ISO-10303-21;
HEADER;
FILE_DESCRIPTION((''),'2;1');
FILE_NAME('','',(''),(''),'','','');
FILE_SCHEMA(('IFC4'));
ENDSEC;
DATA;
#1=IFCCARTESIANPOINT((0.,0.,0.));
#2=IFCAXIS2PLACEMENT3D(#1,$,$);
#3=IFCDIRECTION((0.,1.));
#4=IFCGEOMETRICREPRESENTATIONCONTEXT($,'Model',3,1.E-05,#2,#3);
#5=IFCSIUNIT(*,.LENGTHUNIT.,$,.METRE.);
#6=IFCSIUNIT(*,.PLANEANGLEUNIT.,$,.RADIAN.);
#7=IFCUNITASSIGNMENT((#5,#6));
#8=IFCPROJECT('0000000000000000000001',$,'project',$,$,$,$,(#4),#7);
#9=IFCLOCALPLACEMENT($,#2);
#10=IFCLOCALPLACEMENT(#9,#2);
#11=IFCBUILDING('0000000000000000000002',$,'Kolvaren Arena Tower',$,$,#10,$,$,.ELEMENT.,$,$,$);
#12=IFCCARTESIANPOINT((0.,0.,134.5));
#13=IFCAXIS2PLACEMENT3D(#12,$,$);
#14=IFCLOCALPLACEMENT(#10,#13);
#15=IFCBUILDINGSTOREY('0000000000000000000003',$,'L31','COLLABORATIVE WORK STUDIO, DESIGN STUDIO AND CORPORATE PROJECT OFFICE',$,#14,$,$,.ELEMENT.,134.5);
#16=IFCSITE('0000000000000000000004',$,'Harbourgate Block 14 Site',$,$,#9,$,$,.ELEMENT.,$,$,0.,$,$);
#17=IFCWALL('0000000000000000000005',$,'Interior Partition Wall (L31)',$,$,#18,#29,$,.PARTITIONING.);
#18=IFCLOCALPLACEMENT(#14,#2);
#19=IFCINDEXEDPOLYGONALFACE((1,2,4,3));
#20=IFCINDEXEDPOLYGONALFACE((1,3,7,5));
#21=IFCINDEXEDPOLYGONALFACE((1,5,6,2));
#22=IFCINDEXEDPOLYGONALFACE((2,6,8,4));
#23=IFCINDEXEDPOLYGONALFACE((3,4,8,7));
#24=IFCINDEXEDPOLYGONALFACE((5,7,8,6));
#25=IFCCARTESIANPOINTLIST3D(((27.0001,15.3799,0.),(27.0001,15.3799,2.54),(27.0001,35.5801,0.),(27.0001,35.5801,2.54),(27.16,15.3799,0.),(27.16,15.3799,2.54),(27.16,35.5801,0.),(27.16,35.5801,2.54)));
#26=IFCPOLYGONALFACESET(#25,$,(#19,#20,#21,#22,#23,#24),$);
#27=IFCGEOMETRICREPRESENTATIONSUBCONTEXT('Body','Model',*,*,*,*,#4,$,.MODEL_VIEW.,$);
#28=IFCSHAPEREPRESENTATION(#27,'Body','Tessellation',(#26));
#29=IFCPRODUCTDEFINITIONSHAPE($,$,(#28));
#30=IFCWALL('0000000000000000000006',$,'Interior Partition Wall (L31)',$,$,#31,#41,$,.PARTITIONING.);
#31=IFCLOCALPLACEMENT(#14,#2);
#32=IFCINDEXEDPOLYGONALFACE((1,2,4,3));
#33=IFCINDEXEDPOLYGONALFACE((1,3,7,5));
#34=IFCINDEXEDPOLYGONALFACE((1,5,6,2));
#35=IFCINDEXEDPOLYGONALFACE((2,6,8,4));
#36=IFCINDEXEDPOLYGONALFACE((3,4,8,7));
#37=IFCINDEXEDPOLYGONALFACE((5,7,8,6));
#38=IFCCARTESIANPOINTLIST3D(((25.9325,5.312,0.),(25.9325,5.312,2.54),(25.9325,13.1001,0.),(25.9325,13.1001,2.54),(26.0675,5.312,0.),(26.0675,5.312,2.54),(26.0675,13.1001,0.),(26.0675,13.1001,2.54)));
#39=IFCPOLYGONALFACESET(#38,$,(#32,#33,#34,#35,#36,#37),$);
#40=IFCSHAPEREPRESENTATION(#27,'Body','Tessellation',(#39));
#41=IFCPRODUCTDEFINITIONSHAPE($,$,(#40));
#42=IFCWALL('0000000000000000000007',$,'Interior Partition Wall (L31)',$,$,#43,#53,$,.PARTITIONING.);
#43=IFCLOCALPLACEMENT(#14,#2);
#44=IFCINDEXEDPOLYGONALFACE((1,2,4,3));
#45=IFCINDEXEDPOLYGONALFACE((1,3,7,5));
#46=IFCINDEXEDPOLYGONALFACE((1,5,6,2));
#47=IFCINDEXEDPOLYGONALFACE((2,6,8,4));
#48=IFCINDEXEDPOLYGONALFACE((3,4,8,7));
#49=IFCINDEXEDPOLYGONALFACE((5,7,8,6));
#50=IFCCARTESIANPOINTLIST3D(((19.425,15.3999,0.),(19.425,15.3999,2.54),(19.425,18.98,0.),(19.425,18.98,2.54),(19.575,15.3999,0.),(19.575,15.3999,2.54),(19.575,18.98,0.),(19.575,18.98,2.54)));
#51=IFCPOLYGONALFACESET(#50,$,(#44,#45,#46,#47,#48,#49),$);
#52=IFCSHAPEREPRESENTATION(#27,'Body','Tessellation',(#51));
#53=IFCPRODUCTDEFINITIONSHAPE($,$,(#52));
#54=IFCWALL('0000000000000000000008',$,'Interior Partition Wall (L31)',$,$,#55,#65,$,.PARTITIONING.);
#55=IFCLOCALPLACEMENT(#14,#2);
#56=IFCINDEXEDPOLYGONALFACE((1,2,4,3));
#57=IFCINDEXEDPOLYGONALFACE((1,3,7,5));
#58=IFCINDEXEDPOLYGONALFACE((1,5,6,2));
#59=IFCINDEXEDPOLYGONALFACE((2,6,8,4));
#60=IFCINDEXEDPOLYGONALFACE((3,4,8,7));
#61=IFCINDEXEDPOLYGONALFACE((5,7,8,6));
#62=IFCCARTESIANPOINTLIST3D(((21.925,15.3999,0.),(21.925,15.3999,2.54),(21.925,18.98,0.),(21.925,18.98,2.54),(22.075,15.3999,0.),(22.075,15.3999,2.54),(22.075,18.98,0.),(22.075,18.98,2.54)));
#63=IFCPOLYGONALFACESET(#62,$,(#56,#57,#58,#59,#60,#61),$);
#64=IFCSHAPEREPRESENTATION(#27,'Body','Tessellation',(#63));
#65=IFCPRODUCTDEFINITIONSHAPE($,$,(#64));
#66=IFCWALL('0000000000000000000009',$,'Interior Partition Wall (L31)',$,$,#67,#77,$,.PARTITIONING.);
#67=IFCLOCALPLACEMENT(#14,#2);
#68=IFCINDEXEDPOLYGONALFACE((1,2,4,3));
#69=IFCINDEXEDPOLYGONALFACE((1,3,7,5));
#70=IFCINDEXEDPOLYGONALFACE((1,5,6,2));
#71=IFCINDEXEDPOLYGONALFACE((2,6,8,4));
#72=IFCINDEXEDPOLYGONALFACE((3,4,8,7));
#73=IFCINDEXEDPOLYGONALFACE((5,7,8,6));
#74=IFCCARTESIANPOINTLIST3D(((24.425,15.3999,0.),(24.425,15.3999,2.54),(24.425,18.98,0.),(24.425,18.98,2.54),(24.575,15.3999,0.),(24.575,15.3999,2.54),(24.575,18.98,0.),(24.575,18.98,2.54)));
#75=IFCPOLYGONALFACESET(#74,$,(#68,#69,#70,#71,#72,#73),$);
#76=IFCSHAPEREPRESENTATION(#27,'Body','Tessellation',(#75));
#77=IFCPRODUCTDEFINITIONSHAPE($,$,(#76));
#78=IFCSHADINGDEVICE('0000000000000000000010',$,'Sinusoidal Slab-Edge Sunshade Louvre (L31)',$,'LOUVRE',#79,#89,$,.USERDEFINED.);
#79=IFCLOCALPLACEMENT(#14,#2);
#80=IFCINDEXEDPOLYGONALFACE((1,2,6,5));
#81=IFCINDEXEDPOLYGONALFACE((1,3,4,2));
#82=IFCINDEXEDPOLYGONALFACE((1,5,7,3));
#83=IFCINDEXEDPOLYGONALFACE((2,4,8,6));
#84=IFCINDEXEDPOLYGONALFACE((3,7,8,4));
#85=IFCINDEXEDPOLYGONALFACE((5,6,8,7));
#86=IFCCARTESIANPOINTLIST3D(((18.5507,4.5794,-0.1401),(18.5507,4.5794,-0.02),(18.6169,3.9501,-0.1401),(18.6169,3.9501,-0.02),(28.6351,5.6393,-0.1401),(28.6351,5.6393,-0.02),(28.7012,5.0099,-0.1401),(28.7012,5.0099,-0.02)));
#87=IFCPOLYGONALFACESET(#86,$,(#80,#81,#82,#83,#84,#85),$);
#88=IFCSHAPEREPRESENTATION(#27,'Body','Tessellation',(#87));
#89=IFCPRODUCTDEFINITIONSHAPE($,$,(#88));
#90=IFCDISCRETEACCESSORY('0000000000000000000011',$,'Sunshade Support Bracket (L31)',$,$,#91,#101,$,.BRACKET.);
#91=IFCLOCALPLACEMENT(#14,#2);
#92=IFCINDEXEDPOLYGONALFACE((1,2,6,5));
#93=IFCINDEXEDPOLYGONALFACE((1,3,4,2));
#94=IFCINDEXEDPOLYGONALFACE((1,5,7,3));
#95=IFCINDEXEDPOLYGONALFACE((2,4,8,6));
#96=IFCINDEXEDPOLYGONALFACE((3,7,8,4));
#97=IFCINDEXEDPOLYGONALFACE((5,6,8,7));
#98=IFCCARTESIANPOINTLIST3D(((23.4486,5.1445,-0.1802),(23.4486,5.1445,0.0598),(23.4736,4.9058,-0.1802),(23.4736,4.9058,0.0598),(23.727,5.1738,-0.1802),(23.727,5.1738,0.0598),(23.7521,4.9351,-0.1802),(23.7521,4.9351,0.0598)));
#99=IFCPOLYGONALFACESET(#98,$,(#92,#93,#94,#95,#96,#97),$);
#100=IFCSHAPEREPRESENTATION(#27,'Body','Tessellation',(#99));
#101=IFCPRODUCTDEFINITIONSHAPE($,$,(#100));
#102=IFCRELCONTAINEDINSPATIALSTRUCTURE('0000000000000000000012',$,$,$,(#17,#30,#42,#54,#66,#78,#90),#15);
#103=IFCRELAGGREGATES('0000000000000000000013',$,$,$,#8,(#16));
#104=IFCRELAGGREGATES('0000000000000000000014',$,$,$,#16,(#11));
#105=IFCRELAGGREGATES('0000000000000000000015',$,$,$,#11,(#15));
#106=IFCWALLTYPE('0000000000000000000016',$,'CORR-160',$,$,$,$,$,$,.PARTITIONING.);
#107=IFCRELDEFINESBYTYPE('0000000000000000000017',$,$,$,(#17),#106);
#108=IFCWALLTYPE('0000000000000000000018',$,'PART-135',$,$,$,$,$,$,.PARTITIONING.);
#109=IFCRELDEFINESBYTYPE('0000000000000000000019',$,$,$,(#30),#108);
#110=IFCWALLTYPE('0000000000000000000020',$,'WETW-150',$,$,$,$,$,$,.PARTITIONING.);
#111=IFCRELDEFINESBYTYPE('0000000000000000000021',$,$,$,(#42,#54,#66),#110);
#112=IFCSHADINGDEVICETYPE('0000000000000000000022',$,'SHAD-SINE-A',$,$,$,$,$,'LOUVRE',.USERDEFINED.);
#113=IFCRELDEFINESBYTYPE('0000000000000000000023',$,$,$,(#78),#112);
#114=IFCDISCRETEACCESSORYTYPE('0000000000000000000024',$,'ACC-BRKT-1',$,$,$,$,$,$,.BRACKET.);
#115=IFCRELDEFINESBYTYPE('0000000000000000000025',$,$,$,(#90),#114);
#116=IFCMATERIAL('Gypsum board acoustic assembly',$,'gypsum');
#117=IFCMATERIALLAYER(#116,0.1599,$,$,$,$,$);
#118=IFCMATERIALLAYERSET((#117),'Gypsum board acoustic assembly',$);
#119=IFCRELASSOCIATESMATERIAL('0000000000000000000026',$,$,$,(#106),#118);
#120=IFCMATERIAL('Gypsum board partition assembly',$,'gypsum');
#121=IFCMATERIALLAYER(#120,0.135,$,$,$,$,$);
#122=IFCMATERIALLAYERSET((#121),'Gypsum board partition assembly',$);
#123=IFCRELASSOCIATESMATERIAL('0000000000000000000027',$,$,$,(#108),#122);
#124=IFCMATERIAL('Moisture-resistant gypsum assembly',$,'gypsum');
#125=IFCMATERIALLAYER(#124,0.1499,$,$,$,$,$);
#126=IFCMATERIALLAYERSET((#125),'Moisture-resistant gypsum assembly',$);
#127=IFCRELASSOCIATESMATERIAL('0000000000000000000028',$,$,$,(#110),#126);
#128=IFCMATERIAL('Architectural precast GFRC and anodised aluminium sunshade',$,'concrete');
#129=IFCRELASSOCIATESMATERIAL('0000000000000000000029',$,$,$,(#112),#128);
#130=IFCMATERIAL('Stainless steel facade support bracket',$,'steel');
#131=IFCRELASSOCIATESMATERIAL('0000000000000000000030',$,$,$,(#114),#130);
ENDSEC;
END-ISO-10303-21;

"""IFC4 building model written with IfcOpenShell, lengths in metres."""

from ifc_helpers import new_model, si_unit, direction, frame, frame_2d, origin, origin_2d, place, context, subcontext, project, spatial, rectangle, extrude, material, layer, layer_set, type_object, element, save


model = new_model("IFC4")

# Units and contexts
model_context = context("Model", 3, precision=1e-05, world=origin(), true_north=direction((0.0, 1.0)))
body_context = subcontext(model_context, "Body", "Model", "MODEL_VIEW")
ifc_project = project(units=[si_unit("LENGTHUNIT", "METRE"), si_unit("PLANEANGLEUNIT", "RADIAN")], contexts=[model_context])

# Site, building, storey
site_placement = place(None, origin())
site = spatial("IfcSite", under=ifc_project, at=site_placement, Name="Harbourgate Block 14 Site", CompositionType="ELEMENT", RefElevation=0.0)
building_placement = place(site_placement, origin())
building = spatial("IfcBuilding", under=site, at=building_placement, Name="Kolvaren Arena Tower", CompositionType="ELEMENT")
storey_placement = place(building_placement, frame((0.0, 0.0, 134.5)))
storey = spatial("IfcBuildingStorey", under=building, at=storey_placement, Name="L31", Description="COLLABORATIVE WORK STUDIO, DESIGN STUDIO AND CORPORATE PROJECT OFFICE", CompositionType="ELEMENT", Elevation=134.5)

# Shared definitions
ifc_material_1 = material(Name="Gypsum board acoustic assembly", Category="gypsum")
ifc_layer_1 = layer(ifc_material_1, 0.1599)
ifc_layer_set_1 = layer_set([ifc_layer_1], Name="Gypsum board acoustic assembly")
wall_type_1 = type_object("IfcWallType", Name="CORR-160", PredefinedType="PARTITIONING", material=ifc_layer_set_1)

# Walls
wall_1_placement = place(storey_placement, frame((27.0801, 15.3799, 0.0), z_axis=(0.0, 0.0, 1.0), x_axis=(0.0, 1.0, 0.0)))
element("IfcWall", 1, at=wall_1_placement, inside=storey, type_object=wall_type_1, Name="Interior Partition Wall (L31)", PredefinedType="PARTITIONING", context=body_context, shape_type="SweptSolid", body=[
    extrude(rectangle(XDim=20.2002, YDim=0.1599, at=frame_2d((10.1001, 0.0))), origin(), (0.0, 0.0, 1.0), 2.54),
])
ifc_material_2 = material(Name="Gypsum board partition assembly", Category="gypsum")
ifc_layer_2 = layer(ifc_material_2, 0.135)
ifc_layer_set_2 = layer_set([ifc_layer_2], Name="Gypsum board partition assembly")
wall_type_2 = type_object("IfcWallType", Name="PART-135", PredefinedType="PARTITIONING", material=ifc_layer_set_2)
wall_2_placement = place(storey_placement, frame((26.0, 5.312, 0.0), z_axis=(0.0, 0.0, 1.0), x_axis=(0.0, 1.0, 0.0)))
element("IfcWall", 2, at=wall_2_placement, inside=storey, type_object=wall_type_2, Name="Interior Partition Wall (L31)", PredefinedType="PARTITIONING", context=body_context, shape_type="SweptSolid", body=[
    extrude(rectangle(XDim=7.7881, YDim=0.135, at=frame_2d((3.894, 0.0))), origin(), (0.0, 0.0, 1.0), 2.54),
])
ifc_material_3 = material(Name="Moisture-resistant gypsum assembly", Category="gypsum")
ifc_layer_3 = layer(ifc_material_3, 0.1499)
ifc_layer_set_3 = layer_set([ifc_layer_3], Name="Moisture-resistant gypsum assembly")
wall_type_3 = type_object("IfcWallType", Name="WETW-150", PredefinedType="PARTITIONING", material=ifc_layer_set_3)
for number, where, z_axis, x_axis, name in (
    (3, (19.5, 15.3999, 0.0), (0.0, 0.0, 1.0), (0.0, 1.0, 0.0), "Interior Partition Wall (L31)"),
    (4, (22.0, 15.3999, 0.0), (0.0, 0.0, 1.0), (0.0, 1.0, 0.0), "Interior Partition Wall (L31)"),
    (5, (24.5, 15.3999, 0.0), (0.0, 0.0, 1.0), (0.0, 1.0, 0.0), "Interior Partition Wall (L31)"),
):
    element("IfcWall", number, at=place(storey_placement, frame(where, z_axis=z_axis, x_axis=x_axis)), inside=storey, type_object=wall_type_3, Name=name, PredefinedType="PARTITIONING", context=body_context, shape_type="SweptSolid", body=[
        extrude(rectangle(XDim=3.5801, YDim=0.1499, at=frame_2d((1.79, 0.0))), origin(), (0.0, 0.0, 1.0), 2.54),
    ])

# Shading device
ifc_material_4 = material(Name="Architectural precast GFRC and anodised aluminium sunshade", Category="concrete")
shading_device_type = type_object("IfcShadingDeviceType", Name="SHAD-SINE-A", ElementType="LOUVRE", PredefinedType="USERDEFINED", material=ifc_material_4)
shading_device_placement = place(storey_placement, frame((23.626, 4.7947, -0.1401), z_axis=(0.0, 0.0, 1.0), x_axis=(-0.994522, -0.104527, 0.0)))
element("IfcShadingDevice", 6, at=shading_device_placement, inside=storey, type_object=shading_device_type, Name="Sinusoidal Slab-Edge Sunshade Louvre (L31)", ObjectType="LOUVRE", PredefinedType="USERDEFINED", context=body_context, shape_type="SweptSolid", body=[
    extrude(rectangle(XDim=10.1399, YDim=0.6328, at=origin_2d()), origin(), (0.0, 0.0, 1.0), 0.1201),
])

# Discrete accessory
ifc_material_5 = material(Name="Stainless steel facade support bracket", Category="steel")
discrete_accessory_type = type_object("IfcDiscreteAccessoryType", Name="ACC-BRKT-1", PredefinedType="BRACKET", material=ifc_material_5)
discrete_accessory_placement = place(storey_placement, frame((23.6003, 5.0398, -0.1802), z_axis=(0.0, 0.0, 1.0), x_axis=(-0.994522, -0.104527, 0.0)))
element("IfcDiscreteAccessory", 7, at=discrete_accessory_placement, inside=storey, type_object=discrete_accessory_type, Name="Sunshade Support Bracket (L31)", PredefinedType="BRACKET", context=body_context, shape_type="SweptSolid", body=[
    extrude(rectangle(XDim=0.28, YDim=0.24, at=origin_2d()), origin(), (0.0, 0.0, 1.0), 0.24),
])

save(model, "model.ifc")
